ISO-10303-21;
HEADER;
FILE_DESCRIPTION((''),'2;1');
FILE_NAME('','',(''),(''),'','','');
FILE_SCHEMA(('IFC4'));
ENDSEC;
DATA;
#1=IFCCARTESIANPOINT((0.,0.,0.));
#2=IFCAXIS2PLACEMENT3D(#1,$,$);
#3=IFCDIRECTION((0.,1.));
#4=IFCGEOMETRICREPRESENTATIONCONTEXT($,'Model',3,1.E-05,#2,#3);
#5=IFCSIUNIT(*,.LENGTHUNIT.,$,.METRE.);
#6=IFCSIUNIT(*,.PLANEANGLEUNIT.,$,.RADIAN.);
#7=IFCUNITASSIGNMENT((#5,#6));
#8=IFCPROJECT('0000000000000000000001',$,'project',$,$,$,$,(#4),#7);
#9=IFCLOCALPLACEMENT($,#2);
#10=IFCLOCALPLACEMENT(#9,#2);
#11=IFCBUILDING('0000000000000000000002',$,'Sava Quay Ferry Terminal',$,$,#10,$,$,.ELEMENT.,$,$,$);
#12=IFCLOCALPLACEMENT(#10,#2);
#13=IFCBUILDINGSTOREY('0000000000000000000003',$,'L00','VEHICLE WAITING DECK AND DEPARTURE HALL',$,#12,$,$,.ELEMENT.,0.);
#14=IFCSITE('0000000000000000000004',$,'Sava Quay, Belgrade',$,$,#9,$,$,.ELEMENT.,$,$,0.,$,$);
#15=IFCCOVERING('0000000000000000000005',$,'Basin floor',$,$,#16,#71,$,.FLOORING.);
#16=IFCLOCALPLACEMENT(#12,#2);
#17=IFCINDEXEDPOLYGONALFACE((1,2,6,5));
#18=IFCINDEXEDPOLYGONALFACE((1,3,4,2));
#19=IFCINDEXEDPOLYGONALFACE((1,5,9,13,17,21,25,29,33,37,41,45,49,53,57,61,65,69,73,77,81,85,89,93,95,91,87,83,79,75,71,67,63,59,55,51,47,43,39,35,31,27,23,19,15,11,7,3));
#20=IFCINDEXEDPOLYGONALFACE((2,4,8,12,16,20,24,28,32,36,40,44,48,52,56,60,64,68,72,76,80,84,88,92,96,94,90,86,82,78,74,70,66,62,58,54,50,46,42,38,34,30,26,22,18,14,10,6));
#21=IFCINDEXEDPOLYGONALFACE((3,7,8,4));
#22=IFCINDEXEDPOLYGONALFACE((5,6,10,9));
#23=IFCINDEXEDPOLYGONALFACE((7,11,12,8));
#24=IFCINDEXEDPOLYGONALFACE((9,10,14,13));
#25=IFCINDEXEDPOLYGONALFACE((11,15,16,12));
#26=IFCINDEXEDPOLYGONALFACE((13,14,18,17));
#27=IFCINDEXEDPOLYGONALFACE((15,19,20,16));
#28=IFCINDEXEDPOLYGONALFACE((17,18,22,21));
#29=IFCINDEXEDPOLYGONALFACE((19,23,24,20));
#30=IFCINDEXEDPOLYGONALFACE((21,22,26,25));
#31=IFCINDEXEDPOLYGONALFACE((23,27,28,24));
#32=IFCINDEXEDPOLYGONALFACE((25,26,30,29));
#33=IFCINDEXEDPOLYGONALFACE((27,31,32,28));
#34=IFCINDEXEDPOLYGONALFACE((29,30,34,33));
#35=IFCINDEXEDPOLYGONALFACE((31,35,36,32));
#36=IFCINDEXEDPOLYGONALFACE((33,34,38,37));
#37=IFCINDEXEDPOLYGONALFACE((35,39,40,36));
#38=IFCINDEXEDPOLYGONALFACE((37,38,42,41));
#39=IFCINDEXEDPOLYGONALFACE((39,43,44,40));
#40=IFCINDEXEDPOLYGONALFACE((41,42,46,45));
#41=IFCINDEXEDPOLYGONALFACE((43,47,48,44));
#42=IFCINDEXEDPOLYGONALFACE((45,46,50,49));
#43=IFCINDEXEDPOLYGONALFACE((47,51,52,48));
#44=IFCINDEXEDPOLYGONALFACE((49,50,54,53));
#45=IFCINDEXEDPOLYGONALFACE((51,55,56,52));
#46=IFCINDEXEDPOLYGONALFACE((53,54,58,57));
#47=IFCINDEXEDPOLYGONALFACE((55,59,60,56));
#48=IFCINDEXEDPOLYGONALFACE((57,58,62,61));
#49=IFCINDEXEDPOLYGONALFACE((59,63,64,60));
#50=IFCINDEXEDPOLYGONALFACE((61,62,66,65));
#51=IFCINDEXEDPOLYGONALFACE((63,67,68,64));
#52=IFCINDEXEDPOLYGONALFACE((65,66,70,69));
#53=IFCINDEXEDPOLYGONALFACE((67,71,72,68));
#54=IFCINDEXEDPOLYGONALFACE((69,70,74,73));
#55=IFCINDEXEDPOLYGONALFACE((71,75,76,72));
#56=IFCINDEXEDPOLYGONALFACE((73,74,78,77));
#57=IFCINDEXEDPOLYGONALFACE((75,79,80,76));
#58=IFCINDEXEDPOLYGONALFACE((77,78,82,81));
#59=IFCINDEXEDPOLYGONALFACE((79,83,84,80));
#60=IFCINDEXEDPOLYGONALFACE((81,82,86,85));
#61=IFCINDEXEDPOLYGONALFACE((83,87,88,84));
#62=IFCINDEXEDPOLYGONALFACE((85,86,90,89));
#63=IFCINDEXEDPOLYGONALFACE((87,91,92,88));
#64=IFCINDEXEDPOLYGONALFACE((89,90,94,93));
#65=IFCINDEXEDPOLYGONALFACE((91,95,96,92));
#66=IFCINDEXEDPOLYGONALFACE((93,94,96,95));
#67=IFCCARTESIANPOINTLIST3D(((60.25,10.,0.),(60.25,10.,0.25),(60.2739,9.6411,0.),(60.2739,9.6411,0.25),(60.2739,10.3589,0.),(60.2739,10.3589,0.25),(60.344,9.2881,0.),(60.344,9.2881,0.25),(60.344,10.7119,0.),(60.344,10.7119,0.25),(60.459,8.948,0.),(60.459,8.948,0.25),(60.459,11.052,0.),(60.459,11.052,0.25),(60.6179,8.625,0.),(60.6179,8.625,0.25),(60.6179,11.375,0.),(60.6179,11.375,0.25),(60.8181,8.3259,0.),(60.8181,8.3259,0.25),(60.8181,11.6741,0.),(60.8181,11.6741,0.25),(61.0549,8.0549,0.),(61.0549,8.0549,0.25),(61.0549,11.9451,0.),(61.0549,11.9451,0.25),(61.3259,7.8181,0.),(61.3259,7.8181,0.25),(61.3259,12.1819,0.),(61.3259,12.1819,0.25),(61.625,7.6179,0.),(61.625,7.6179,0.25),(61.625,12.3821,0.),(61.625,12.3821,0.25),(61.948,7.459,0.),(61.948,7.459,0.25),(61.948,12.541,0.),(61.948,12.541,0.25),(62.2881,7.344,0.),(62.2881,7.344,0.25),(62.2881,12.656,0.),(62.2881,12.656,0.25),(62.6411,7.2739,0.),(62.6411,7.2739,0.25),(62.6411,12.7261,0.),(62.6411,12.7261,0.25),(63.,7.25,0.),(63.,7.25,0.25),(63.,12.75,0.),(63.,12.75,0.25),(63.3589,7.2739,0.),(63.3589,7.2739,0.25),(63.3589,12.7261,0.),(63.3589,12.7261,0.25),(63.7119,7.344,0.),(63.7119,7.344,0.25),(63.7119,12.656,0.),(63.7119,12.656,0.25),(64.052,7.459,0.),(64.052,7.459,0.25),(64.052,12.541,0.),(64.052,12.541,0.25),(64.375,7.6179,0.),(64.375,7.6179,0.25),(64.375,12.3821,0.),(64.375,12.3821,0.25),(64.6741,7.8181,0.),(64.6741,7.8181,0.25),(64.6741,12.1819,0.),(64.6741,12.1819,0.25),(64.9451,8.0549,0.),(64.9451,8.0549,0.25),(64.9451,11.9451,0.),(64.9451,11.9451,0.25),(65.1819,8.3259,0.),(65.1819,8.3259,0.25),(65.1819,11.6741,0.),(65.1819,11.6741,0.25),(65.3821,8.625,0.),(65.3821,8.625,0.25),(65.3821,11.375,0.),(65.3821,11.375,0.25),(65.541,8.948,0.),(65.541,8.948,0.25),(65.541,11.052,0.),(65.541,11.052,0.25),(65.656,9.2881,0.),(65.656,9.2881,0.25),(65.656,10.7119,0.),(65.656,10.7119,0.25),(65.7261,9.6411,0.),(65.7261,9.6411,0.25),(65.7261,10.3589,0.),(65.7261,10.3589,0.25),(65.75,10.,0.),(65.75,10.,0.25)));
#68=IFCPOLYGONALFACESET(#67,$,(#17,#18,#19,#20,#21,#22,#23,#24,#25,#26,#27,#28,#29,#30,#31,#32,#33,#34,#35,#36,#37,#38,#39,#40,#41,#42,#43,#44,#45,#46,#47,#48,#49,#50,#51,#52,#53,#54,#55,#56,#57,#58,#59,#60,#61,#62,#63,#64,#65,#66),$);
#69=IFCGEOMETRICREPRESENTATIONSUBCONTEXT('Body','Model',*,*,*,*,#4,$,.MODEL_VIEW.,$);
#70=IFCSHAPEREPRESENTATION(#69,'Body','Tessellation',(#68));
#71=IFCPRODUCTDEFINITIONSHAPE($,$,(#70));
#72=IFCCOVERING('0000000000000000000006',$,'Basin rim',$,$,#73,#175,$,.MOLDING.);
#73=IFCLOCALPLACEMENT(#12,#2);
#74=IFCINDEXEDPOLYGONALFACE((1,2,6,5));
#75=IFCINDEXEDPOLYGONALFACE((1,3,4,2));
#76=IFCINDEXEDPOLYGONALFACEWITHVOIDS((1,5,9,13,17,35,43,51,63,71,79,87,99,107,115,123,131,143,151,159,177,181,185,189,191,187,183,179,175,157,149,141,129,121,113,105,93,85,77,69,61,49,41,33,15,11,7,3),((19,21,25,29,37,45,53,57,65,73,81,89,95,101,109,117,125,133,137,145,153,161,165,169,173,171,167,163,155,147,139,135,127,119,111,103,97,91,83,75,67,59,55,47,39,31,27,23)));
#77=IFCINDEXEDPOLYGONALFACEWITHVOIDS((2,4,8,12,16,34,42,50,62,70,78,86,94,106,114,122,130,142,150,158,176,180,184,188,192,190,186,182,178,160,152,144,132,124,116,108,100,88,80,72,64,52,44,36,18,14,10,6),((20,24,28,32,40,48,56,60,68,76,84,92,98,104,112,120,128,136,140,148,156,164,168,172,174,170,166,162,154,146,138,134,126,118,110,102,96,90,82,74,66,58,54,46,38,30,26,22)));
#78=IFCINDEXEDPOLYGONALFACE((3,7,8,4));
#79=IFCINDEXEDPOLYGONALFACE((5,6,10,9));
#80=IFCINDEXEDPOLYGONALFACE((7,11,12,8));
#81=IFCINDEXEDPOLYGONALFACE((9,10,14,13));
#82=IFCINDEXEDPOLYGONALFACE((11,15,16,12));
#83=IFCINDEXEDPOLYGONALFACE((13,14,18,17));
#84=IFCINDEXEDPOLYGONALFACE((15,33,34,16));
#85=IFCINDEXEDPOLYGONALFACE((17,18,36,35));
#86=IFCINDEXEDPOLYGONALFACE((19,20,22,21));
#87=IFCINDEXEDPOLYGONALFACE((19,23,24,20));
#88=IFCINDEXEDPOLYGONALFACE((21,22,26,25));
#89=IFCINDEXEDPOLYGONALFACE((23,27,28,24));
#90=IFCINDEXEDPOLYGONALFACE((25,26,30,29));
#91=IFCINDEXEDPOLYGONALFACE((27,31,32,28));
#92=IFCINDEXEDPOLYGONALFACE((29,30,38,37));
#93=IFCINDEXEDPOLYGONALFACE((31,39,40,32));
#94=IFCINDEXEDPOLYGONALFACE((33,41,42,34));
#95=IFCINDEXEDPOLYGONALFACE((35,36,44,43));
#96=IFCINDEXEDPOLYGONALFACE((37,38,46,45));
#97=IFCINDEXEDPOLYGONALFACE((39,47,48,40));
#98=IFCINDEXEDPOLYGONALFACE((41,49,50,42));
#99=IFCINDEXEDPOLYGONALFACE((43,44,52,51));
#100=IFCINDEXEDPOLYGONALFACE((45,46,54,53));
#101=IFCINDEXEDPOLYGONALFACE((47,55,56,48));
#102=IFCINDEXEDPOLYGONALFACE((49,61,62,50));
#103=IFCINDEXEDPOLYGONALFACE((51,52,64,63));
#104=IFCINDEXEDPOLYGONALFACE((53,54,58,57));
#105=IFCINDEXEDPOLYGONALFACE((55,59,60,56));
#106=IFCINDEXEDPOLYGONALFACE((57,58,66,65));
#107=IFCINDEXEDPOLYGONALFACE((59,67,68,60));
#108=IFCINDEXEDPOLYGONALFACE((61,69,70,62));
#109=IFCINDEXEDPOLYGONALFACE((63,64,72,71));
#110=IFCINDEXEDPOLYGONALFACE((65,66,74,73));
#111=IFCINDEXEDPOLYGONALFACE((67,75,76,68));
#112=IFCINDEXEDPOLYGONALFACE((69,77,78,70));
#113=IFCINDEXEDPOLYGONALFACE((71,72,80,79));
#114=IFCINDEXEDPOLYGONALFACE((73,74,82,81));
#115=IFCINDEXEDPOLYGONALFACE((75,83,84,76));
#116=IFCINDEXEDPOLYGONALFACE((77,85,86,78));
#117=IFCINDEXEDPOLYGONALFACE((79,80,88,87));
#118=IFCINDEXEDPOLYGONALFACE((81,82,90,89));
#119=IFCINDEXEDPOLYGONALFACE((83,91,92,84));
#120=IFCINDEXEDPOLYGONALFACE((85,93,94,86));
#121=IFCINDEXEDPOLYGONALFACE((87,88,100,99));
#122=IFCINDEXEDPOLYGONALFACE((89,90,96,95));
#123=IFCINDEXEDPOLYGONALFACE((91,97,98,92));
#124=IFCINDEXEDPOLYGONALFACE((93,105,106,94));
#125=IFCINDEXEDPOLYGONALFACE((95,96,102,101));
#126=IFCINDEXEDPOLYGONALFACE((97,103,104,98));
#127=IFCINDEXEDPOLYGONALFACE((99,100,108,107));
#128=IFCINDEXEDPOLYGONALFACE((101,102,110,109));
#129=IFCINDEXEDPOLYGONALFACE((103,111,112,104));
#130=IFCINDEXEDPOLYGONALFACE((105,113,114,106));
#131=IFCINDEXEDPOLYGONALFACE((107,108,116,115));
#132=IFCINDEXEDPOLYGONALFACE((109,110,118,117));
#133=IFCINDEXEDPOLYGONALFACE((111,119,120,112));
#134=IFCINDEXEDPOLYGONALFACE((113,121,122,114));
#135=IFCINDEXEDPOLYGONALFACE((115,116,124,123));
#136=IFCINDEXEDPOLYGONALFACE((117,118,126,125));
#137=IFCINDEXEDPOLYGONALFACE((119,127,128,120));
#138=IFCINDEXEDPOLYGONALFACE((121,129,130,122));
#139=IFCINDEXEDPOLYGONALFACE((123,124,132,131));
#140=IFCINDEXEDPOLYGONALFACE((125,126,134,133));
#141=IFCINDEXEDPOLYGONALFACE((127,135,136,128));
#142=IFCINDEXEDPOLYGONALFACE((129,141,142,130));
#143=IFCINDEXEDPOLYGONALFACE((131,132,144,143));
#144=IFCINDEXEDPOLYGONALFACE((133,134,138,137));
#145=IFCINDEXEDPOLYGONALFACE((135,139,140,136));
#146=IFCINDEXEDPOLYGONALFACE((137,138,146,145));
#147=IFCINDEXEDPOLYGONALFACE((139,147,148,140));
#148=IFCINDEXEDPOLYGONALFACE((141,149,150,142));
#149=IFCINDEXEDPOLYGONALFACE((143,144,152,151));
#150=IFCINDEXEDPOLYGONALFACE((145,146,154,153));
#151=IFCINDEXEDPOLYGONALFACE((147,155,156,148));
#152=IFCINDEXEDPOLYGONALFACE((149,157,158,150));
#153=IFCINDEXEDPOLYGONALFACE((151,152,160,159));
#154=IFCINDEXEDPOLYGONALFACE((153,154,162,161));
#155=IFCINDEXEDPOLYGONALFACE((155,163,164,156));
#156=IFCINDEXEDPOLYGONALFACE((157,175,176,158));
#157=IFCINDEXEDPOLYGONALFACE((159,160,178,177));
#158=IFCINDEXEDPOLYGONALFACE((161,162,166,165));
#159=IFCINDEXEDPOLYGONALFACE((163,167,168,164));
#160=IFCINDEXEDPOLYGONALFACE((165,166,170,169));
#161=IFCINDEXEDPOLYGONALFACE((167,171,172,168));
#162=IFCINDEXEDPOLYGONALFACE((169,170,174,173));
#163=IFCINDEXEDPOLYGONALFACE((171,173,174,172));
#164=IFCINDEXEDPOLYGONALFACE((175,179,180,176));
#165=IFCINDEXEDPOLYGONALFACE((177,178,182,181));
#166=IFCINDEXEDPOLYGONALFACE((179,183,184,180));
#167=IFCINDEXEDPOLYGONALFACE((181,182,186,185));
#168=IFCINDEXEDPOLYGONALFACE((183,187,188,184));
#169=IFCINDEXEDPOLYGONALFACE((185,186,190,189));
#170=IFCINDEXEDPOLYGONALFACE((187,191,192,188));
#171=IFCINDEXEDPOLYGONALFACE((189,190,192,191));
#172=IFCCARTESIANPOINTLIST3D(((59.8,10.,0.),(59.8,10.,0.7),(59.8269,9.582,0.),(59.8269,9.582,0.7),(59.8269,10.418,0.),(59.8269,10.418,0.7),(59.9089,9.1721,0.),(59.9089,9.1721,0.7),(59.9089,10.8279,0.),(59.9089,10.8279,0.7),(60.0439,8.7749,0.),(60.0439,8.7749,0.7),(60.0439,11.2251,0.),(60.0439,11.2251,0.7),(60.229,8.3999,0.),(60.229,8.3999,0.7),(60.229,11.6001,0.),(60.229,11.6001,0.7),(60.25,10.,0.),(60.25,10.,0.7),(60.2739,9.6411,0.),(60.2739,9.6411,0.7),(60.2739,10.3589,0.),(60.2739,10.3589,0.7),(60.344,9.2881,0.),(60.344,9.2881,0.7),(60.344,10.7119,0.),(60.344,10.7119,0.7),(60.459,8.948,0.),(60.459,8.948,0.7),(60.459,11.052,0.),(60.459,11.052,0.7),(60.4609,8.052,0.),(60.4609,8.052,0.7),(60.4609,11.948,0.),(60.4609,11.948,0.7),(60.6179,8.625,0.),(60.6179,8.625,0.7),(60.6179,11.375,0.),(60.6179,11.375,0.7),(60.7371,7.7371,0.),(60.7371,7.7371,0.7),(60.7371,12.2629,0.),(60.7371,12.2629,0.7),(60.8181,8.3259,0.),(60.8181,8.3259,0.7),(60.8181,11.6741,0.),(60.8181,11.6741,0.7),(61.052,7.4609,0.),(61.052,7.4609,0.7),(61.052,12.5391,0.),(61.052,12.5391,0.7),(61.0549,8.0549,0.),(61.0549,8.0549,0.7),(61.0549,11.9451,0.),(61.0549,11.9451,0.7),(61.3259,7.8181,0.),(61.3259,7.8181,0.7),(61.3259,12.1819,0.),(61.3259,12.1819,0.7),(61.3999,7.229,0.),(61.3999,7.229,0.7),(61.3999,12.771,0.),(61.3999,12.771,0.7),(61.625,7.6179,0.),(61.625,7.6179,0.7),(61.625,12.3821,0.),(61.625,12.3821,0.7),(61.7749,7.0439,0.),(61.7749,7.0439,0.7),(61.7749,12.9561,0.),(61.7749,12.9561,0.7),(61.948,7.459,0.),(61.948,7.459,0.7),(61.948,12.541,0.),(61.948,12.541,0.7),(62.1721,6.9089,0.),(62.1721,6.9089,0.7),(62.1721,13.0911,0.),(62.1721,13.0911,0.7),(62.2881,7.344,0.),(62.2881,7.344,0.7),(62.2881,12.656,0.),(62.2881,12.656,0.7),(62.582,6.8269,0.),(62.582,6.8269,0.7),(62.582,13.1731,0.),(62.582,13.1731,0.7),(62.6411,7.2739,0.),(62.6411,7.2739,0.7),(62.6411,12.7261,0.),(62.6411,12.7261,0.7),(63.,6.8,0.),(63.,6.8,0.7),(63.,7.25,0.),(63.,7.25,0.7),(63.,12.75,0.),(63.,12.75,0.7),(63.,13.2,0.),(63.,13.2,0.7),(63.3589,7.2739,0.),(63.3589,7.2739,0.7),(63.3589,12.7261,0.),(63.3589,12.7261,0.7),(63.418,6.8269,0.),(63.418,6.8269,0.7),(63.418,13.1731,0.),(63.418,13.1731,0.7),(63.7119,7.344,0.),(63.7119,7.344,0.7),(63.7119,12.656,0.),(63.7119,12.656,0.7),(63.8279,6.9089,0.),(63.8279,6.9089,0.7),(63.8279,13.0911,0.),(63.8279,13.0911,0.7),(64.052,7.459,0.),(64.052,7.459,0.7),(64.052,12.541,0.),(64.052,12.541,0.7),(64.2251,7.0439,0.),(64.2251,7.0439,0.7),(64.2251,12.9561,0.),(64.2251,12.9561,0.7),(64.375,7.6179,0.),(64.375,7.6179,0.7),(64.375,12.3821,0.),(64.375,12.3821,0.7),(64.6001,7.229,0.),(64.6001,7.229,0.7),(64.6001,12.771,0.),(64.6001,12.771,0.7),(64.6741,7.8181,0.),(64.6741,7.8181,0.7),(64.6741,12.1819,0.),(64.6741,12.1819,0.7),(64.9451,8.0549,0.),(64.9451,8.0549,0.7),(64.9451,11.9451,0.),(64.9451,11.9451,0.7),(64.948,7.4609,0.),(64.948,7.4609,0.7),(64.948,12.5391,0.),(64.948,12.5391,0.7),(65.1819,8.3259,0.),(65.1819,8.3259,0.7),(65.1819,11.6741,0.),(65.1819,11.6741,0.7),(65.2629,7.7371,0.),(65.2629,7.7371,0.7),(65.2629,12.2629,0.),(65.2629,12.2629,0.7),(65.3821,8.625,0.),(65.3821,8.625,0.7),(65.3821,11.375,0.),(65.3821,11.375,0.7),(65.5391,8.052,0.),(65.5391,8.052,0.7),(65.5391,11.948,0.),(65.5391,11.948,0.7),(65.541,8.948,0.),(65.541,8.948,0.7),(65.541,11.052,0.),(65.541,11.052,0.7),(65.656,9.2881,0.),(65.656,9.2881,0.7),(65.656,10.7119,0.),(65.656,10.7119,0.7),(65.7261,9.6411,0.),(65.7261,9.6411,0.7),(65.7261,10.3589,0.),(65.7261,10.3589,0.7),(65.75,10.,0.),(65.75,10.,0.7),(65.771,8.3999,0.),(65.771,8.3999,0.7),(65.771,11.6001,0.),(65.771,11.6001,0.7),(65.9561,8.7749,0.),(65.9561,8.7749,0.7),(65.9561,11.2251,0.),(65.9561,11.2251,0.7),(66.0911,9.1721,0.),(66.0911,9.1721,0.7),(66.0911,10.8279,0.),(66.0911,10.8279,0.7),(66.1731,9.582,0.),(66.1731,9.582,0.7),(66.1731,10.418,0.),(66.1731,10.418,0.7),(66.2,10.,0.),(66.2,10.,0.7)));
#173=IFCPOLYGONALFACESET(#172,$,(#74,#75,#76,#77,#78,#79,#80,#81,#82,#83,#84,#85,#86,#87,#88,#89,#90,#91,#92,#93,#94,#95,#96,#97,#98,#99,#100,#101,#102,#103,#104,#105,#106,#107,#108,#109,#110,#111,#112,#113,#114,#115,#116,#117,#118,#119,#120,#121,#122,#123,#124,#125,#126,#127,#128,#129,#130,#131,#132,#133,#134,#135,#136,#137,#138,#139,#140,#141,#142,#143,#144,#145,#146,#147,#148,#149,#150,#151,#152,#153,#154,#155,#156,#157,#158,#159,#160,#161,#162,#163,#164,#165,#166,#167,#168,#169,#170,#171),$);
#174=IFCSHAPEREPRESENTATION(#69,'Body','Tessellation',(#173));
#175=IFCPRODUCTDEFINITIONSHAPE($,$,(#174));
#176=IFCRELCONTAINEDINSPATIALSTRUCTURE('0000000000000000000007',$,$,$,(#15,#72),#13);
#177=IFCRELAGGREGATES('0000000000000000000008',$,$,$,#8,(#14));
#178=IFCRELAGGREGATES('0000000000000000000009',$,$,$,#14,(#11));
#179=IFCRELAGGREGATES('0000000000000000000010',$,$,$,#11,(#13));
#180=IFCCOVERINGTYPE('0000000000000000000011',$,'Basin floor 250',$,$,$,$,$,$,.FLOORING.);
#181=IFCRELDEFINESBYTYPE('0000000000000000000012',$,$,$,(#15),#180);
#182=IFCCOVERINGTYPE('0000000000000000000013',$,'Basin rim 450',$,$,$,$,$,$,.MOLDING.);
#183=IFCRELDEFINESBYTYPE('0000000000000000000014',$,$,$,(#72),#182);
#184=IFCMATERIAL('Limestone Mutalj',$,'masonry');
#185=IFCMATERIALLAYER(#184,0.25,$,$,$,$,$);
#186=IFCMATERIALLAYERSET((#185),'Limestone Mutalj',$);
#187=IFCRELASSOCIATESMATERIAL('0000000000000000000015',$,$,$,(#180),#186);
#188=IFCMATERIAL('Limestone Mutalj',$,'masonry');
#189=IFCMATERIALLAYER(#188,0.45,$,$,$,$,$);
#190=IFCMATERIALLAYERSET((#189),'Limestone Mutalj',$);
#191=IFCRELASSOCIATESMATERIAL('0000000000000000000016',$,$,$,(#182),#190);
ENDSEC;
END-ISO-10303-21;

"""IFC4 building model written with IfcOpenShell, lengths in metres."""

from ifc_helpers import new_model, si_unit, direction, origin, place, context, subcontext, project, spatial, polyline, outline, extrude, material, layer, layer_set, type_object, element, save


model = new_model("IFC4")

# Units and contexts
model_context = context("Model", 3, precision=1e-05, world=origin(), true_north=direction((0.0, 1.0)))
body_context = subcontext(model_context, "Body", "Model", "MODEL_VIEW")
ifc_project = project(units=[si_unit("LENGTHUNIT", "METRE"), si_unit("PLANEANGLEUNIT", "RADIAN")], contexts=[model_context])

# Site, building, storey
site_placement = place(None, origin())
site = spatial("IfcSite", under=ifc_project, at=site_placement, Name="Sava Quay, Belgrade", CompositionType="ELEMENT", RefElevation=0.0)
building_placement = place(site_placement, origin())
building = spatial("IfcBuilding", under=site, at=building_placement, Name="Sava Quay Ferry Terminal", CompositionType="ELEMENT")
storey_placement = place(building_placement, origin())
storey = spatial("IfcBuildingStorey", under=building, at=storey_placement, Name="L00", Description="VEHICLE WAITING DECK AND DEPARTURE HALL", CompositionType="ELEMENT", Elevation=0.0)

# Coverings
ifc_material_1 = material(Name="Limestone Mutalj", Category="masonry")
ifc_layer_1 = layer(ifc_material_1, 0.25)
ifc_layer_set_1 = layer_set([ifc_layer_1], Name="Limestone Mutalj")
covering_type_1 = type_object("IfcCoveringType", Name="Basin floor 250", PredefinedType="FLOORING", material=ifc_layer_set_1)
covering_1_placement = place(storey_placement, origin())
element("IfcCovering", 1, at=covering_1_placement, inside=storey, type_object=covering_type_1, Name="Basin floor", PredefinedType="FLOORING", context=body_context, shape_type="SweptSolid", body=[
    extrude(outline(polyline([(65.75, 10.0), (65.7261, 10.3589), (65.656, 10.7119), (65.541, 11.052), (65.3821, 11.375), (65.1819, 11.6741), (64.9451, 11.9451), (64.6741, 12.1819), (64.375, 12.3821), (64.052, 12.541), (63.7119, 12.656), (63.3589, 12.7261), (63.0, 12.75), (62.6411, 12.7261), (62.2881, 12.656), (61.948, 12.541), (61.625, 12.3821), (61.3259, 12.1819), (61.0549, 11.9451), (60.8181, 11.6741), (60.6179, 11.375), (60.459, 11.052), (60.344, 10.7119), (60.2739, 10.3589), (60.25, 10.0), (60.2739, 9.6411), (60.344, 9.2881), (60.459, 8.948), (60.6179, 8.625), (60.8181, 8.3259), (61.0549, 8.0549), (61.3259, 7.8181), (61.625, 7.6179), (61.948, 7.459), (62.2881, 7.344), (62.6411, 7.2739), (63.0, 7.25), (63.3589, 7.2739), (63.7119, 7.344), (64.052, 7.459), (64.375, 7.6179), (64.6741, 7.8181), (64.9451, 8.0549), (65.1819, 8.3259), (65.3821, 8.625), (65.541, 8.948), (65.656, 9.2881), (65.7261, 9.6411), (65.75, 10.0)])), origin(), (0.0, 0.0, 1.0), 0.25),
])
ifc_material_2 = material(Name="Limestone Mutalj", Category="masonry")
ifc_layer_2 = layer(ifc_material_2, 0.45)
ifc_layer_set_2 = layer_set([ifc_layer_2], Name="Limestone Mutalj")
covering_type_2 = type_object("IfcCoveringType", Name="Basin rim 450", PredefinedType="MOLDING", material=ifc_layer_set_2)
covering_2_placement = place(storey_placement, origin())
element("IfcCovering", 2, at=covering_2_placement, inside=storey, type_object=covering_type_2, Name="Basin rim", PredefinedType="MOLDING", context=body_context, shape_type="SweptSolid", body=[
    extrude(outline(polyline([(66.1731, 9.582), (66.2, 10.0), (66.1731, 10.418), (66.0911, 10.8279), (65.9561, 11.2251), (65.771, 11.6001), (65.5391, 11.948), (65.2629, 12.2629), (64.948, 12.5391), (64.6001, 12.771), (64.2251, 12.9561), (63.8279, 13.0911), (63.418, 13.1731), (63.0, 13.2), (62.582, 13.1731), (62.1721, 13.0911), (61.7749, 12.9561), (61.3999, 12.771), (61.052, 12.5391), (60.7371, 12.2629), (60.4609, 11.948), (60.229, 11.6001), (60.0439, 11.2251), (59.9089, 10.8279), (59.8269, 10.418), (59.8, 10.0), (59.8269, 9.582), (59.9089, 9.1721), (60.0439, 8.7749), (60.229, 8.3999), (60.4609, 8.052), (60.7371, 7.7371), (61.052, 7.4609), (61.3999, 7.229), (61.7749, 7.0439), (62.1721, 6.9089), (62.582, 6.8269), (63.0, 6.8), (63.418, 6.8269), (63.8279, 6.9089), (64.2251, 7.0439), (64.6001, 7.229), (64.948, 7.4609), (65.2629, 7.7371), (65.5391, 8.052), (65.771, 8.3999), (65.9561, 8.7749), (66.0911, 9.1721), (66.1731, 9.582)]), holes=[polyline([(65.7261, 10.3589), (65.75, 10.0), (65.7261, 9.6411), (65.656, 9.2881), (65.541, 8.948), (65.3821, 8.625), (65.1819, 8.3259), (64.9451, 8.0549), (64.6741, 7.8181), (64.375, 7.6179), (64.052, 7.459), (63.7119, 7.344), (63.3589, 7.2739), (63.0, 7.25), (62.6411, 7.2739), (62.2881, 7.344), (61.948, 7.459), (61.625, 7.6179), (61.3259, 7.8181), (61.0549, 8.0549), (60.8181, 8.3259), (60.6179, 8.625), (60.459, 8.948), (60.344, 9.2881), (60.2739, 9.6411), (60.25, 10.0), (60.2739, 10.3589), (60.344, 10.7119), (60.459, 11.052), (60.6179, 11.375), (60.8181, 11.6741), (61.0549, 11.9451), (61.3259, 12.1819), (61.625, 12.3821), (61.948, 12.541), (62.2881, 12.656), (62.6411, 12.7261), (63.0, 12.75), (63.3589, 12.7261), (63.7119, 12.656), (64.052, 12.541), (64.375, 12.3821), (64.6741, 12.1819), (64.9451, 11.9451), (65.1819, 11.6741), (65.3821, 11.375), (65.541, 11.052), (65.656, 10.7119), (65.7261, 10.3589)])]), origin(), (0.0, 0.0, 1.0), 0.7),
])

save(model, "model.ifc")
